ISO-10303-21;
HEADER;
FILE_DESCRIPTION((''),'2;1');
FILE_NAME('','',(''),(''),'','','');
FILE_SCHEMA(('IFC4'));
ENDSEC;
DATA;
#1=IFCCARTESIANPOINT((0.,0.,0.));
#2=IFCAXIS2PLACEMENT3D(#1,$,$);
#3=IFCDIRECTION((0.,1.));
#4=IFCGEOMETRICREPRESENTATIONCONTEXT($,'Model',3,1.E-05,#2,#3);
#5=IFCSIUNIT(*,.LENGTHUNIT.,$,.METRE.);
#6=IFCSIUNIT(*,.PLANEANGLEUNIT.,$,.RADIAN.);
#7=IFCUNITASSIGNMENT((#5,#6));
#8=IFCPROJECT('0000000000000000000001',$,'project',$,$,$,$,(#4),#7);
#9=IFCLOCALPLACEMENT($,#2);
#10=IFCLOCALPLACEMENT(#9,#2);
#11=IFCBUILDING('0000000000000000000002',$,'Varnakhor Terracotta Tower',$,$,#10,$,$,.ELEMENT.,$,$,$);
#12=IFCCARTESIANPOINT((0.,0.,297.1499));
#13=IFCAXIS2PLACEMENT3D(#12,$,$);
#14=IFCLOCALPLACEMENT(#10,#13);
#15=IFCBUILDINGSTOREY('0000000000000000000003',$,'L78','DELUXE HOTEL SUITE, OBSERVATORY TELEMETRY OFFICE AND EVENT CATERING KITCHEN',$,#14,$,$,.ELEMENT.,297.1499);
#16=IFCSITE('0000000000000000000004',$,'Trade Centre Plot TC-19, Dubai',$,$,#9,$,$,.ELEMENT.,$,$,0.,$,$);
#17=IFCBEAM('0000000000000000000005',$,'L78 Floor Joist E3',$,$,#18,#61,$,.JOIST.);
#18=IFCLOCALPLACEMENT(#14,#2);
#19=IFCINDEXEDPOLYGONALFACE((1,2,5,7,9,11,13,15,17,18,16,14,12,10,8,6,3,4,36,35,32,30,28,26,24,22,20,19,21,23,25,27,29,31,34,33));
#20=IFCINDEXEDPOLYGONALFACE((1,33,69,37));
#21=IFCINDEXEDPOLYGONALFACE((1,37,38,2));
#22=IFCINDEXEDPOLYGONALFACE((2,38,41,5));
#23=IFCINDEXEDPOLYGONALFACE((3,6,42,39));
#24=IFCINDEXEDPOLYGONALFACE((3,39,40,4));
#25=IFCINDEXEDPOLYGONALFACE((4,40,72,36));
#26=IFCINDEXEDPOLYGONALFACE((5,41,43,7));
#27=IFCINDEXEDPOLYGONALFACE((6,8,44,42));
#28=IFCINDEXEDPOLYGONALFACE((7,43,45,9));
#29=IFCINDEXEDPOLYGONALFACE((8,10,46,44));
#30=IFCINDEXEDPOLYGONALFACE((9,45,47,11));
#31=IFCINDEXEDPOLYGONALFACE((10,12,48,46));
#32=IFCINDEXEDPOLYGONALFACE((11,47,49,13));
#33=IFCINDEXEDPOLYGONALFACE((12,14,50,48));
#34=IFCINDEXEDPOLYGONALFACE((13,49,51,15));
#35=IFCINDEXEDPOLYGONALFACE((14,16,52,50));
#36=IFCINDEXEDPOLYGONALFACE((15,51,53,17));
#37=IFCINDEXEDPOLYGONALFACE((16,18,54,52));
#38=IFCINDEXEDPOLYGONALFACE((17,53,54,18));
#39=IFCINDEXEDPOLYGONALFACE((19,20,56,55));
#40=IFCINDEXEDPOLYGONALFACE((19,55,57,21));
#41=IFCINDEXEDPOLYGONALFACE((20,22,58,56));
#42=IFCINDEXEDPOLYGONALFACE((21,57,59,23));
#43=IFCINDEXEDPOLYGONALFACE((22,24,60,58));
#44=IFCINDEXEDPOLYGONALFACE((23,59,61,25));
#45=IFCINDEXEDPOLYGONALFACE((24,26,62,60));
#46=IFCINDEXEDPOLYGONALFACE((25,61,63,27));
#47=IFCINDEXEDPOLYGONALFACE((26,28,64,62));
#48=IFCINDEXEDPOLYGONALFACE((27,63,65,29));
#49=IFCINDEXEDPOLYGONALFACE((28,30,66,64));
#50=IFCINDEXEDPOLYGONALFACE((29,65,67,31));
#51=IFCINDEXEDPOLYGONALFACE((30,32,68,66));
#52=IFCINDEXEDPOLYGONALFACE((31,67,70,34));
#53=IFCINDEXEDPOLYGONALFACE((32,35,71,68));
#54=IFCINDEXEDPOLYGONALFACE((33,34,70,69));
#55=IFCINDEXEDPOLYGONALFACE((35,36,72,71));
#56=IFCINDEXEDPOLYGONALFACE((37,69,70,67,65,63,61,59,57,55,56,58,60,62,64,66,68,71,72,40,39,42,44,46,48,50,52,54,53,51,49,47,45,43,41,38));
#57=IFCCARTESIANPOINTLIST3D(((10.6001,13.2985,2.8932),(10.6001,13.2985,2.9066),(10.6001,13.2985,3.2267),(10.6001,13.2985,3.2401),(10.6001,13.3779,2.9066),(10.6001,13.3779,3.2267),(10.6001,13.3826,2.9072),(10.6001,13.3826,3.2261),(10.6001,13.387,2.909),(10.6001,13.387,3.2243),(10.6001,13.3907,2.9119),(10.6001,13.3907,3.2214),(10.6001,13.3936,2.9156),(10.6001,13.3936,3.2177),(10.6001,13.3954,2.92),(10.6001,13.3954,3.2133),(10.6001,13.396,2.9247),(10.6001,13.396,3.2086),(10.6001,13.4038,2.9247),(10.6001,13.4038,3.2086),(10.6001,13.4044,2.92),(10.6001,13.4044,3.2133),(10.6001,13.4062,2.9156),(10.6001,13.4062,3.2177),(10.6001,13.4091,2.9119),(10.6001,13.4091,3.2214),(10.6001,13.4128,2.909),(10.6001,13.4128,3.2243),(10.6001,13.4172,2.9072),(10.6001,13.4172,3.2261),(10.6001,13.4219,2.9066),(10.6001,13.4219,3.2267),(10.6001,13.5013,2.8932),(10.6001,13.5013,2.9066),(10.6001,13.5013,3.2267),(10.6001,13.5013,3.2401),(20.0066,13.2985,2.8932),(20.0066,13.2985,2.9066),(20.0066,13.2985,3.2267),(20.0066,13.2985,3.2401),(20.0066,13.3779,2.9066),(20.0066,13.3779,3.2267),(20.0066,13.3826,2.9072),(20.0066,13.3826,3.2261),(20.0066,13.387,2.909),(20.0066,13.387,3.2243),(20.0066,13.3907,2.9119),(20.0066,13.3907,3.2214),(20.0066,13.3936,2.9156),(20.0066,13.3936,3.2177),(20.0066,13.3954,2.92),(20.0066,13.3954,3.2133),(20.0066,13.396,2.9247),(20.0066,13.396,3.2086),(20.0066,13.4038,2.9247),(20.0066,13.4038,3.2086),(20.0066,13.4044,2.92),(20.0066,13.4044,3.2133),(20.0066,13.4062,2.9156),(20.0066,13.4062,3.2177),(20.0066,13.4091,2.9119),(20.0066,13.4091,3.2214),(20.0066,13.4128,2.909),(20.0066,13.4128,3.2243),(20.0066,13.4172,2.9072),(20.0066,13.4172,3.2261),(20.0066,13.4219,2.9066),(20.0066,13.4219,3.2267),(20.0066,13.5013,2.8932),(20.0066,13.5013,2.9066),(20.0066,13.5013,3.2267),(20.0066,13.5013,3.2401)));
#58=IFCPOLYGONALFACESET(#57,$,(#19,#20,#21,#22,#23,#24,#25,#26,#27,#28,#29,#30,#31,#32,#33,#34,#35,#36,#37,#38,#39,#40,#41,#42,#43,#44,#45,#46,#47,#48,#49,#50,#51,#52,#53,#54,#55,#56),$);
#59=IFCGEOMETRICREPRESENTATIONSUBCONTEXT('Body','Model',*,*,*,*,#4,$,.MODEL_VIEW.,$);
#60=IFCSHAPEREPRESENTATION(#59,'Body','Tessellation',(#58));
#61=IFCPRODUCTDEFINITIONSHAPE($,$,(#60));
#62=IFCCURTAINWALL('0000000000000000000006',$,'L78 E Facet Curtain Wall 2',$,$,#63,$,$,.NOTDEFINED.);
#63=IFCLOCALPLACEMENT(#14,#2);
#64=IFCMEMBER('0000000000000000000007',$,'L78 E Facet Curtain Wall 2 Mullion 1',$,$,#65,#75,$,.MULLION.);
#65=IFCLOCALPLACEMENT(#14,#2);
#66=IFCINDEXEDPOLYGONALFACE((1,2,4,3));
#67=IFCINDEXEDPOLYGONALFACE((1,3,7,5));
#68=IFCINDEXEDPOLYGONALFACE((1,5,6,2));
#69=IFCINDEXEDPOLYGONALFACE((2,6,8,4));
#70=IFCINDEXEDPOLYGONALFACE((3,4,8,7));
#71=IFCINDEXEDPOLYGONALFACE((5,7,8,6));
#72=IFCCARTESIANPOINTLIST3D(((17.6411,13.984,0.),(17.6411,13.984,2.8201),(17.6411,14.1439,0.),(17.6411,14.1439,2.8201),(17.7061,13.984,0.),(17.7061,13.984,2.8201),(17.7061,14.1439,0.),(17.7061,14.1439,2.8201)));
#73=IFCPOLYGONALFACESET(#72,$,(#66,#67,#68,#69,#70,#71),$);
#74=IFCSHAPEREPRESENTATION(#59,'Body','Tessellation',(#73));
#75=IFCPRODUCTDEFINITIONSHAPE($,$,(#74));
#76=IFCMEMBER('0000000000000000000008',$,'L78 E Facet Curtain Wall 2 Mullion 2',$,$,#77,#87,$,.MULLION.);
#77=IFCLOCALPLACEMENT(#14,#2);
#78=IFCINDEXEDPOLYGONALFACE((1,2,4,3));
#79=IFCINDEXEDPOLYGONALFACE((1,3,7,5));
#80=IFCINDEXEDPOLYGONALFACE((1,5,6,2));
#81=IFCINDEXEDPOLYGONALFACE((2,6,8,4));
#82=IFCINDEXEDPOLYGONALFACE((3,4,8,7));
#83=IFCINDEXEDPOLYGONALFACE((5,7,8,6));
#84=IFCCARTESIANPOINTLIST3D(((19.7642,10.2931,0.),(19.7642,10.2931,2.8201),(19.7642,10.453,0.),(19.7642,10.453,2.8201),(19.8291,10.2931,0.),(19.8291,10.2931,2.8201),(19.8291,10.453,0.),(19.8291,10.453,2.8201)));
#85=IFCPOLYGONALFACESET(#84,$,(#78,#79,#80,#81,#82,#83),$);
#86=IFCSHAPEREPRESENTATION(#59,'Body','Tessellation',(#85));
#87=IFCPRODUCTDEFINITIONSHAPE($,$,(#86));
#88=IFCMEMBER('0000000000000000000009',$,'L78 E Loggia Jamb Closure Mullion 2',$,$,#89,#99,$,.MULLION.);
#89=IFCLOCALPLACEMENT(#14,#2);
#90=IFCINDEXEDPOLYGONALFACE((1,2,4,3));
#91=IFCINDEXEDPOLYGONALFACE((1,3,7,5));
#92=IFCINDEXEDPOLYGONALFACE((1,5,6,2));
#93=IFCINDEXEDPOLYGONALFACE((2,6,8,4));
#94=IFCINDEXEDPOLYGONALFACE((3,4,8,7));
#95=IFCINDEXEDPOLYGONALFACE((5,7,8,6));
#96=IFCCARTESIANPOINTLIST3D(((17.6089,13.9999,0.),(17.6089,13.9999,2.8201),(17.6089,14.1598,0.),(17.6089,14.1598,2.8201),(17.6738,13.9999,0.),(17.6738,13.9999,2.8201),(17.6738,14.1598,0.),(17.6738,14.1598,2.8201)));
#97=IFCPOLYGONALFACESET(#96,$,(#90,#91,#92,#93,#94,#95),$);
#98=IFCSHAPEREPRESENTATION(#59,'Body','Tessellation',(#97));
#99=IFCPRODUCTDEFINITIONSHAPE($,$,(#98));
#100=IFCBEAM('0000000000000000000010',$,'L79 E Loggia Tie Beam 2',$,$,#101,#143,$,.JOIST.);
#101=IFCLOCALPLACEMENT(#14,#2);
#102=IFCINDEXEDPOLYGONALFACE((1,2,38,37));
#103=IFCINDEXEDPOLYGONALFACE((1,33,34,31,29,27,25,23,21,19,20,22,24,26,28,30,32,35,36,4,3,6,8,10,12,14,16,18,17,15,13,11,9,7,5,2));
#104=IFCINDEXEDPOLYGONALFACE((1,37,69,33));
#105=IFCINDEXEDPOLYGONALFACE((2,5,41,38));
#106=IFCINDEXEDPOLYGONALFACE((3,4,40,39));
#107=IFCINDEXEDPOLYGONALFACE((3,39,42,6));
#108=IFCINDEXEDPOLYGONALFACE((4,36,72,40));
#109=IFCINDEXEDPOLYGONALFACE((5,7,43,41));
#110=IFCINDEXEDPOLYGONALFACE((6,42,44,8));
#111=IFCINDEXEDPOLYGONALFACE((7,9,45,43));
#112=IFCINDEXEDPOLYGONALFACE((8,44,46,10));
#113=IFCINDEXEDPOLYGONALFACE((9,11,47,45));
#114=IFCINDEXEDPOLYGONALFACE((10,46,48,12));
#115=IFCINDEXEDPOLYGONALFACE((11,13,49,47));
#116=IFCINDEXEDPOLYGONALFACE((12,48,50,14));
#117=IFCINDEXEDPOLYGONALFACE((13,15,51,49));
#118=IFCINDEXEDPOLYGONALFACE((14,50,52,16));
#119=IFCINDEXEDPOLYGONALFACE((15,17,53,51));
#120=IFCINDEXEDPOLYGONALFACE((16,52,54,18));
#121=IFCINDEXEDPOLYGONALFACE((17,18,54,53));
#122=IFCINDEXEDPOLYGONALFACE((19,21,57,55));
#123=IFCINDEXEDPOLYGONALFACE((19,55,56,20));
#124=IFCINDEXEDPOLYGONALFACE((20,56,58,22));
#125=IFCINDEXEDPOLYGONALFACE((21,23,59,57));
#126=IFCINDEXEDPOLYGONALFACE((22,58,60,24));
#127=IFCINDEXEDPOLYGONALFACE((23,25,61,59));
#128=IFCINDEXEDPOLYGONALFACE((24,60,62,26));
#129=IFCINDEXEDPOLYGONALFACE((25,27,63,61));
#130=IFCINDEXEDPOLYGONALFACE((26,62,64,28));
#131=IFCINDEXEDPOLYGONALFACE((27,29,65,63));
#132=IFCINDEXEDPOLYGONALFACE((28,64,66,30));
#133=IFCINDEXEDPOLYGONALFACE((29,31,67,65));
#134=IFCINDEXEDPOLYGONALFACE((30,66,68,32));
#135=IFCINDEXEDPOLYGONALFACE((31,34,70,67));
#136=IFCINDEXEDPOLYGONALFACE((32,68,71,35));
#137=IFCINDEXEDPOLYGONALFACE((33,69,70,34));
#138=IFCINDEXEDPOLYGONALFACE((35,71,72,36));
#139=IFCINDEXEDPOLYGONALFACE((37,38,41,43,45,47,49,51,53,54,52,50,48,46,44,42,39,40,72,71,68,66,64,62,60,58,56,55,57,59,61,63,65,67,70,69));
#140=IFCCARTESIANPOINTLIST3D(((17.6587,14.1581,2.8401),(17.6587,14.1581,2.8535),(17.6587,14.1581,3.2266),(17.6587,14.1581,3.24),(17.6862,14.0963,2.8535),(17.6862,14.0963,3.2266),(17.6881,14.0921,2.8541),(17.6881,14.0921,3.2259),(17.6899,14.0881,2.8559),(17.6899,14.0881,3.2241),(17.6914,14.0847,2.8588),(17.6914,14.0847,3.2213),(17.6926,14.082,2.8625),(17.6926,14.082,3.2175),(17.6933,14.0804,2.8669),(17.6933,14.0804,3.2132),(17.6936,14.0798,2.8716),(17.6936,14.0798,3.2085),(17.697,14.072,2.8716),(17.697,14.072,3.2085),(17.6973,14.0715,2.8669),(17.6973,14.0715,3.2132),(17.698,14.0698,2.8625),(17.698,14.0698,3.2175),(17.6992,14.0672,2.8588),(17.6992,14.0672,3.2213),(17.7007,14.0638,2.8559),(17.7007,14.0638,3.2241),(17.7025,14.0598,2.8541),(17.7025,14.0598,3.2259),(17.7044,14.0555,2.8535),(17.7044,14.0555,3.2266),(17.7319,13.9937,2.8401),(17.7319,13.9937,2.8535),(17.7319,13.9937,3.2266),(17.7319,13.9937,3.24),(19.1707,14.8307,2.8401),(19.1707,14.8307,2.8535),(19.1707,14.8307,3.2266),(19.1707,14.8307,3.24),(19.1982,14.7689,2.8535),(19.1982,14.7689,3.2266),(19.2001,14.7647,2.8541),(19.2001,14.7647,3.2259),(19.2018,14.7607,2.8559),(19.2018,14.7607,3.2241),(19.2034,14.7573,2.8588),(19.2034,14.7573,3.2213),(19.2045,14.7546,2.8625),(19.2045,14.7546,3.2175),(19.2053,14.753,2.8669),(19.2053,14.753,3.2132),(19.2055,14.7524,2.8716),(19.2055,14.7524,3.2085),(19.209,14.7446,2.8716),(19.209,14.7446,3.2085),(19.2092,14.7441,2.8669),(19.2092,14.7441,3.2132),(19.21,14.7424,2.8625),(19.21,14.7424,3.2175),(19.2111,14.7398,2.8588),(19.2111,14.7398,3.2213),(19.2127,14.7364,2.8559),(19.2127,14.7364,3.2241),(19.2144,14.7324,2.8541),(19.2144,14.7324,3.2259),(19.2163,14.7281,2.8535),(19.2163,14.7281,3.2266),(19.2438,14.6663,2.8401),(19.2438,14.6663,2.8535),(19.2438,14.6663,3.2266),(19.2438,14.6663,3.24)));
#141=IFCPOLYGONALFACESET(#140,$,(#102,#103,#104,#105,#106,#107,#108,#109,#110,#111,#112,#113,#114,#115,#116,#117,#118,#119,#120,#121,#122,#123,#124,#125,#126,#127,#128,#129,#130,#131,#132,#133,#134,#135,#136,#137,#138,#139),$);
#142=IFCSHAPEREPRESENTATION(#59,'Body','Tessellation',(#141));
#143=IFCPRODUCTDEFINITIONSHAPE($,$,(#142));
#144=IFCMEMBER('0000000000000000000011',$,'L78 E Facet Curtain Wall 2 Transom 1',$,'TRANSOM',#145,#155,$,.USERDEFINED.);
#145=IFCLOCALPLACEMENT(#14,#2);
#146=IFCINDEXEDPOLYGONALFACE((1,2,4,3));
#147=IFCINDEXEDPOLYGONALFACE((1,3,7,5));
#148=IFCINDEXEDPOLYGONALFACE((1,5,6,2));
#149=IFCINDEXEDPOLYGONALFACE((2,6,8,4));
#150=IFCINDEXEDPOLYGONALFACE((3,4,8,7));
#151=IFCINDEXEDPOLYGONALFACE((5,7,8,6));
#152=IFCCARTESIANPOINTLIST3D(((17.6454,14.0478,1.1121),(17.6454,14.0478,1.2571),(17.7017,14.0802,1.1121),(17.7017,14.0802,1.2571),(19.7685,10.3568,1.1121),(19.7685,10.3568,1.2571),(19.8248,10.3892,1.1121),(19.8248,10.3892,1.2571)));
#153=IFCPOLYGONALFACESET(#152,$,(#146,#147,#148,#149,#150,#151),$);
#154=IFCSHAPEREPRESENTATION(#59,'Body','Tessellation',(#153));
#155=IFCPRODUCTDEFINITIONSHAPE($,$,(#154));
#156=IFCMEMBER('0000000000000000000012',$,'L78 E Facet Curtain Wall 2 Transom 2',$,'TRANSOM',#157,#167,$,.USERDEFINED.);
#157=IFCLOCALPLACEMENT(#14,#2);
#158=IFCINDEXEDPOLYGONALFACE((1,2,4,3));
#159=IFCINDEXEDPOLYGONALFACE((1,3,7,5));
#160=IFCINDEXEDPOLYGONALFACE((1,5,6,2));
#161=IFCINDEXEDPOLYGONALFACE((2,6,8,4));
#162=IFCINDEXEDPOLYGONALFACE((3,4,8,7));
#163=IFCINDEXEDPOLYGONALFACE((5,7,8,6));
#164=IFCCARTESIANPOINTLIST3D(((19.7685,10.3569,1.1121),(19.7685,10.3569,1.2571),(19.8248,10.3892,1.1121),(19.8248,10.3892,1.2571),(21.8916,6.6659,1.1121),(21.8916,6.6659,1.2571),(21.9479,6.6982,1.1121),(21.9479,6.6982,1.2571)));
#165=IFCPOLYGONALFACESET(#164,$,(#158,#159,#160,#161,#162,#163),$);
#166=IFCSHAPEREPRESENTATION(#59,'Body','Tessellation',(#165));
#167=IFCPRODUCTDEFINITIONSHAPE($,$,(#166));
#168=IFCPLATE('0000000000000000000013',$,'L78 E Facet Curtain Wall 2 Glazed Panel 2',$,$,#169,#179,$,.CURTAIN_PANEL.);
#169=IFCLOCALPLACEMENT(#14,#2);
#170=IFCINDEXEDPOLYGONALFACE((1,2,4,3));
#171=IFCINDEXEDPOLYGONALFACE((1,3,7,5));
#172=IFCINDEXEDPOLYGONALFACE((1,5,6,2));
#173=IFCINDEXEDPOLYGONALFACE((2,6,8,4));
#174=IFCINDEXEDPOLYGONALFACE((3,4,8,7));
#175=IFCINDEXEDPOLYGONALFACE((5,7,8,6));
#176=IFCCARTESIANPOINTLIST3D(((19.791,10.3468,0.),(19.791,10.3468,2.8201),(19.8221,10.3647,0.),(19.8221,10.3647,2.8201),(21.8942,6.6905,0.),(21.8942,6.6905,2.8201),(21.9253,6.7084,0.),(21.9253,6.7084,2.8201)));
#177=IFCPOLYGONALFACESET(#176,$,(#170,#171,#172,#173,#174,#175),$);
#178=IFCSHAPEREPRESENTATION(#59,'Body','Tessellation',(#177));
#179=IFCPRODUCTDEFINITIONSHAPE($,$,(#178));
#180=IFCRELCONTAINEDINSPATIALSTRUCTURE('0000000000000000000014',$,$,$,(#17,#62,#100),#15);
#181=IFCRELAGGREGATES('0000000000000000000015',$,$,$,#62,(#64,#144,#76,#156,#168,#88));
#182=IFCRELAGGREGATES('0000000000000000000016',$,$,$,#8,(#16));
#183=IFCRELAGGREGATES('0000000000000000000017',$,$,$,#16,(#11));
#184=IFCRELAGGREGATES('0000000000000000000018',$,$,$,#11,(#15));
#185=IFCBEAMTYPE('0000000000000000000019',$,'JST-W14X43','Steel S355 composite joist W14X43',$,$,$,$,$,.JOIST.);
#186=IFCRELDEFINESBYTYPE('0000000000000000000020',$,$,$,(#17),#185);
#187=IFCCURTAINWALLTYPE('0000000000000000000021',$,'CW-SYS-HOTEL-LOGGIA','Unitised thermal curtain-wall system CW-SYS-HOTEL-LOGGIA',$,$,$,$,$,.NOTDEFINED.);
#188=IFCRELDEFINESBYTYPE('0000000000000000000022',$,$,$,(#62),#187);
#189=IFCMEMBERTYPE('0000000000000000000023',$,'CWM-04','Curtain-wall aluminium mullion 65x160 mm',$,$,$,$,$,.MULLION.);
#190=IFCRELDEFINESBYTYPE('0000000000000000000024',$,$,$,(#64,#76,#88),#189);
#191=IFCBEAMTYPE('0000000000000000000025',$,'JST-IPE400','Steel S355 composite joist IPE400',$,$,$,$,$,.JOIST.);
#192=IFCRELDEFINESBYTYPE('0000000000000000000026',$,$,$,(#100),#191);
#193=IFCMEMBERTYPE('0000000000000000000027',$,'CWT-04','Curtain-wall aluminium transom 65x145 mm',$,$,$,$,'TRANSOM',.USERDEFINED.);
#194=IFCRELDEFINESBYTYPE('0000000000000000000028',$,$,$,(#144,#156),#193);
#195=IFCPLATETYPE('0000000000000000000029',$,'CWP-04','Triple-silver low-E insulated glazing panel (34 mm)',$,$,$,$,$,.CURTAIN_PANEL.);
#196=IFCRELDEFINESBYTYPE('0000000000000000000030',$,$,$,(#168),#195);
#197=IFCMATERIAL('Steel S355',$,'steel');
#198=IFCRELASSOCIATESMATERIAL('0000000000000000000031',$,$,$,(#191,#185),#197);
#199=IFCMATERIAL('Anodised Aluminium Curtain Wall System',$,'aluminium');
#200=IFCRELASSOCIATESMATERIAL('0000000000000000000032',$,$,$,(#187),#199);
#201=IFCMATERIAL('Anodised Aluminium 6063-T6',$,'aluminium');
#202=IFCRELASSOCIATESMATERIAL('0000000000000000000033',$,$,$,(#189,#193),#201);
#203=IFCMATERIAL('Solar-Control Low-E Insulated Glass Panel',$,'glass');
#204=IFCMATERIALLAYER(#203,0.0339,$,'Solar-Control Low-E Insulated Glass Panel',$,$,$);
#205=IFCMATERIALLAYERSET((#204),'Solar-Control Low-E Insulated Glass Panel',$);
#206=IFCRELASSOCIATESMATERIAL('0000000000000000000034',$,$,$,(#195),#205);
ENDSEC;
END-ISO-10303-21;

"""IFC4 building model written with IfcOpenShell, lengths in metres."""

from ifc_helpers import new_model, si_unit, direction, frame, origin, origin_2d, place, context, subcontext, project, spatial, rectangle, i_section, extrude, source, transform, mapped, material, layer, layer_set, material_profile, profile_set, type_object, type_shapes, element, aggregate, save


model = new_model("IFC4")

# Units and contexts
model_context = context("Model", 3, precision=1e-05, world=origin(), true_north=direction((0.0, 1.0)))
body_context = subcontext(model_context, "Body", "Model", "MODEL_VIEW")
ifc_project = project(units=[si_unit("LENGTHUNIT", "METRE"), si_unit("PLANEANGLEUNIT", "RADIAN")], contexts=[model_context])

# Site, building, storey
site_placement = place(None, origin())
site = spatial("IfcSite", under=ifc_project, at=site_placement, Name="Trade Centre Plot TC-19, Dubai", CompositionType="ELEMENT", RefElevation=0.0)
building_placement = place(site_placement, origin())
building = spatial("IfcBuilding", under=site, at=building_placement, Name="Varnakhor Terracotta Tower", CompositionType="ELEMENT")
storey_placement = place(building_placement, frame((0.0, 0.0, 297.1499)))
storey = spatial("IfcBuildingStorey", under=building, at=storey_placement, Name="L78", Description="DELUXE HOTEL SUITE, OBSERVATORY TELEMETRY OFFICE AND EVENT CATERING KITCHEN", CompositionType="ELEMENT", Elevation=297.1499)

# Beam
ifc_material_1 = material(Name="Steel S355", Category="steel")
ifc_material_profile_1 = material_profile(ifc_material_1, i_section(OverallWidth=0.1799, OverallDepth=0.3999, WebThickness=0.0085, FlangeThickness=0.0134, FilletRadius=0.0181, at=origin_2d()), Name="IPE400")
ifc_profile_set_1 = profile_set([ifc_material_profile_1], Name="Steel S355")
beam_type_1 = type_object("IfcBeamType", Name="JST-IPE400", Description="Steel S355 composite joist IPE400", PredefinedType="JOIST", material=ifc_profile_set_1)
ifc_material_profile_2 = material_profile(ifc_material_1, i_section(OverallWidth=0.2029, OverallDepth=0.3469, WebThickness=0.0078, FlangeThickness=0.0134, FilletRadius=0.0181, at=origin_2d()), Name="W14X43")
ifc_profile_set_2 = profile_set([ifc_material_profile_2], Name="Steel S355")
beam_type_2 = type_object("IfcBeamType", Name="JST-W14X43", Description="Steel S355 composite joist W14X43", PredefinedType="JOIST", material=ifc_profile_set_2)
shared_shape_1 = source(origin(), body_context, "Body", "SweptSolid", [
    extrude(i_section(OverallWidth=0.2029, OverallDepth=0.3469, WebThickness=0.0078, FlangeThickness=0.0134, FilletRadius=0.0181, at=origin_2d()), origin(), (0.0, 0.0, 1.0), 9.4065),
])
beam_1_placement = place(storey_placement, frame((10.6001, 13.3999, 3.0667), z_axis=(1.0, 0.0, 0.0), x_axis=(0.0, 1.0, 0.0)))
element("IfcBeam", 1, at=beam_1_placement, inside=storey, type_object=beam_type_2, Name="L78 Floor Joist E3", PredefinedType="JOIST", context=body_context, shape_type="MappedRepresentation", body=[
    mapped(shared_shape_1, transform((0.0, 0.0, 0.0), scale=1.0)),
])

# Curtain wall, members
ifc_material_2 = material(Name="Anodised Aluminium Curtain Wall System", Category="aluminium")
curtain_wall_type = type_object("IfcCurtainWallType", Name="CW-SYS-HOTEL-LOGGIA", Description="Unitised thermal curtain-wall system CW-SYS-HOTEL-LOGGIA", PredefinedType="NOTDEFINED", material=ifc_material_2)
curtain_wall_placement = place(storey_placement, origin())
curtain_wall = element("IfcCurtainWall", 2, at=curtain_wall_placement, inside=storey, type_object=curtain_wall_type, Name="L78 E Facet Curtain Wall 2", PredefinedType="NOTDEFINED")
ifc_material_3 = material(Name="Anodised Aluminium 6063-T6", Category="aluminium")
ifc_material_profile_3 = material_profile(ifc_material_3, rectangle(XDim=0.0649, YDim=0.1599, at=origin_2d()), Name="ALU MULLION 65x160")
ifc_profile_set_3 = profile_set([ifc_material_profile_3], Name="Anodised Aluminium 6063-T6")
member_type_1 = type_object("IfcMemberType", Name="CWM-04", Description="Curtain-wall aluminium mullion 65x160 mm", PredefinedType="MULLION", material=ifc_profile_set_3)
shared_shape_2 = source(origin(), body_context, "Body", "SweptSolid", [
    extrude(rectangle(XDim=0.0649, YDim=0.1599, at=origin_2d()), origin(), (0.0, 0.0, 1.0), 2.8201),
])
type_shapes(member_type_1, [shared_shape_2])
member_1_placement = place(storey_placement, frame((17.6736, 14.064, 0.0), z_axis=(0.0, 0.0, 1.0), x_axis=(1.0, 0.0, 0.0)))
member_1 = element("IfcMember", 3, at=member_1_placement, type_object=member_type_1, Name="L78 E Facet Curtain Wall 2 Mullion 1", PredefinedType="MULLION", context=body_context, shape_type="MappedRepresentation", body=[
    mapped(shared_shape_2, transform((0.0, 0.0, 0.0), scale=1.0)),
])
member_2_placement = place(storey_placement, frame((19.7966, 10.373, 0.0), z_axis=(0.0, 0.0, 1.0), x_axis=(1.0, 0.0, 0.0)))
member_2 = element("IfcMember", 4, at=member_2_placement, type_object=member_type_1, Name="L78 E Facet Curtain Wall 2 Mullion 2", PredefinedType="MULLION", context=body_context, shape_type="MappedRepresentation", body=[
    mapped(shared_shape_2, transform((0.0, 0.0, 0.0), scale=1.0)),
])
member_3_placement = place(storey_placement, frame((17.6414, 14.0798, 0.0), z_axis=(0.0, 0.0, 1.0), x_axis=(1.0, 0.0, 0.0)))
member_3 = element("IfcMember", 5, at=member_3_placement, type_object=member_type_1, Name="L78 E Loggia Jamb Closure Mullion 2", PredefinedType="MULLION", context=body_context, shape_type="MappedRepresentation", body=[
    mapped(shared_shape_2, transform((0.0, 0.0, 0.0), scale=1.0)),
])

# Beam
shared_shape_3 = source(origin(), body_context, "Body", "SweptSolid", [
    extrude(i_section(OverallWidth=0.1799, OverallDepth=0.3999, WebThickness=0.0085, FlangeThickness=0.0134, FilletRadius=0.0181, at=origin_2d()), origin(), (0.0, 0.0, 1.0), 1.6548),
])
beam_2_placement = place(storey_placement, frame((17.6953, 14.0759, 3.04), z_axis=(0.913672, 0.406453, 0.0), x_axis=(-0.406453, 0.913672, 0.0)))
element("IfcBeam", 6, at=beam_2_placement, inside=storey, type_object=beam_type_1, Name="L79 E Loggia Tie Beam 2", PredefinedType="JOIST", context=body_context, shape_type="MappedRepresentation", body=[
    mapped(shared_shape_3, transform((0.0, 0.0, 0.0), scale=1.0)),
])

# Members
ifc_material_profile_4 = material_profile(ifc_material_3, rectangle(XDim=0.0649, YDim=0.145, at=origin_2d()), Name="ALU TRANSOM 65x145")
ifc_profile_set_4 = profile_set([ifc_material_profile_4], Name="Anodised Aluminium 6063-T6")
member_type_2 = type_object("IfcMemberType", Name="CWT-04", Description="Curtain-wall aluminium transom 65x145 mm", ElementType="TRANSOM", PredefinedType="USERDEFINED", material=ifc_profile_set_4)
shared_shape_4 = source(origin(), body_context, "Body", "SweptSolid", [
    extrude(rectangle(XDim=0.0649, YDim=0.145, at=origin_2d()), origin(), (0.0, 0.0, 1.0), 4.2581),
])
member_4_placement = place(storey_placement, frame((17.6736, 14.064, 1.1846), z_axis=(0.498607, -0.866828, 0.0), x_axis=(0.866828, 0.498607, 0.0)))
member_4 = element("IfcMember", 7, at=member_4_placement, type_object=member_type_2, Name="L78 E Facet Curtain Wall 2 Transom 1", ObjectType="TRANSOM", PredefinedType="USERDEFINED", context=body_context, shape_type="MappedRepresentation", body=[
    mapped(shared_shape_4, transform((0.0, 0.0, 0.0), scale=1.0)),
])
member_5_placement = place(storey_placement, frame((19.7966, 10.373, 1.1846), z_axis=(0.498607, -0.866828, 0.0), x_axis=(0.866828, 0.498607, 0.0)))
member_5 = element("IfcMember", 8, at=member_5_placement, type_object=member_type_2, Name="L78 E Facet Curtain Wall 2 Transom 2", ObjectType="TRANSOM", PredefinedType="USERDEFINED", context=body_context, shape_type="MappedRepresentation", body=[
    mapped(shared_shape_4, transform((0.0, 0.0, 0.0), scale=1.0)),
])

# Plate
ifc_material_4 = material(Name="Solar-Control Low-E Insulated Glass Panel", Category="glass")
ifc_layer_1 = layer(ifc_material_4, 0.0339, Name="Solar-Control Low-E Insulated Glass Panel")
ifc_layer_set_1 = layer_set([ifc_layer_1], Name="Solar-Control Low-E Insulated Glass Panel")
plate_type = type_object("IfcPlateType", Name="CWP-04", Description="Triple-silver low-E insulated glazing panel (34 mm)", PredefinedType="CURTAIN_PANEL", material=ifc_layer_set_1)
shared_shape_5 = source(origin(), body_context, "Body", "SweptSolid", [
    extrude(rectangle(XDim=4.218, YDim=0.0359, at=origin_2d()), origin(), (0.0, 0.0, 1.0), 2.8201),
])
plate_1_placement = place(storey_placement, frame((20.8582, 8.5276, 0.0), z_axis=(0.0, 0.0, 1.0), x_axis=(0.498609, -0.866827, 0.0)))
plate_1 = element("IfcPlate", 9, at=plate_1_placement, type_object=plate_type, Name="L78 E Facet Curtain Wall 2 Glazed Panel 2", PredefinedType="CURTAIN_PANEL", context=body_context, shape_type="MappedRepresentation", body=[
    mapped(shared_shape_5, transform((0.0, 0.0, 0.0), scale=1.0)),
])
aggregate(curtain_wall, [member_1, member_4, member_2, member_5, plate_1, member_3])

save(model, "model.ifc")
